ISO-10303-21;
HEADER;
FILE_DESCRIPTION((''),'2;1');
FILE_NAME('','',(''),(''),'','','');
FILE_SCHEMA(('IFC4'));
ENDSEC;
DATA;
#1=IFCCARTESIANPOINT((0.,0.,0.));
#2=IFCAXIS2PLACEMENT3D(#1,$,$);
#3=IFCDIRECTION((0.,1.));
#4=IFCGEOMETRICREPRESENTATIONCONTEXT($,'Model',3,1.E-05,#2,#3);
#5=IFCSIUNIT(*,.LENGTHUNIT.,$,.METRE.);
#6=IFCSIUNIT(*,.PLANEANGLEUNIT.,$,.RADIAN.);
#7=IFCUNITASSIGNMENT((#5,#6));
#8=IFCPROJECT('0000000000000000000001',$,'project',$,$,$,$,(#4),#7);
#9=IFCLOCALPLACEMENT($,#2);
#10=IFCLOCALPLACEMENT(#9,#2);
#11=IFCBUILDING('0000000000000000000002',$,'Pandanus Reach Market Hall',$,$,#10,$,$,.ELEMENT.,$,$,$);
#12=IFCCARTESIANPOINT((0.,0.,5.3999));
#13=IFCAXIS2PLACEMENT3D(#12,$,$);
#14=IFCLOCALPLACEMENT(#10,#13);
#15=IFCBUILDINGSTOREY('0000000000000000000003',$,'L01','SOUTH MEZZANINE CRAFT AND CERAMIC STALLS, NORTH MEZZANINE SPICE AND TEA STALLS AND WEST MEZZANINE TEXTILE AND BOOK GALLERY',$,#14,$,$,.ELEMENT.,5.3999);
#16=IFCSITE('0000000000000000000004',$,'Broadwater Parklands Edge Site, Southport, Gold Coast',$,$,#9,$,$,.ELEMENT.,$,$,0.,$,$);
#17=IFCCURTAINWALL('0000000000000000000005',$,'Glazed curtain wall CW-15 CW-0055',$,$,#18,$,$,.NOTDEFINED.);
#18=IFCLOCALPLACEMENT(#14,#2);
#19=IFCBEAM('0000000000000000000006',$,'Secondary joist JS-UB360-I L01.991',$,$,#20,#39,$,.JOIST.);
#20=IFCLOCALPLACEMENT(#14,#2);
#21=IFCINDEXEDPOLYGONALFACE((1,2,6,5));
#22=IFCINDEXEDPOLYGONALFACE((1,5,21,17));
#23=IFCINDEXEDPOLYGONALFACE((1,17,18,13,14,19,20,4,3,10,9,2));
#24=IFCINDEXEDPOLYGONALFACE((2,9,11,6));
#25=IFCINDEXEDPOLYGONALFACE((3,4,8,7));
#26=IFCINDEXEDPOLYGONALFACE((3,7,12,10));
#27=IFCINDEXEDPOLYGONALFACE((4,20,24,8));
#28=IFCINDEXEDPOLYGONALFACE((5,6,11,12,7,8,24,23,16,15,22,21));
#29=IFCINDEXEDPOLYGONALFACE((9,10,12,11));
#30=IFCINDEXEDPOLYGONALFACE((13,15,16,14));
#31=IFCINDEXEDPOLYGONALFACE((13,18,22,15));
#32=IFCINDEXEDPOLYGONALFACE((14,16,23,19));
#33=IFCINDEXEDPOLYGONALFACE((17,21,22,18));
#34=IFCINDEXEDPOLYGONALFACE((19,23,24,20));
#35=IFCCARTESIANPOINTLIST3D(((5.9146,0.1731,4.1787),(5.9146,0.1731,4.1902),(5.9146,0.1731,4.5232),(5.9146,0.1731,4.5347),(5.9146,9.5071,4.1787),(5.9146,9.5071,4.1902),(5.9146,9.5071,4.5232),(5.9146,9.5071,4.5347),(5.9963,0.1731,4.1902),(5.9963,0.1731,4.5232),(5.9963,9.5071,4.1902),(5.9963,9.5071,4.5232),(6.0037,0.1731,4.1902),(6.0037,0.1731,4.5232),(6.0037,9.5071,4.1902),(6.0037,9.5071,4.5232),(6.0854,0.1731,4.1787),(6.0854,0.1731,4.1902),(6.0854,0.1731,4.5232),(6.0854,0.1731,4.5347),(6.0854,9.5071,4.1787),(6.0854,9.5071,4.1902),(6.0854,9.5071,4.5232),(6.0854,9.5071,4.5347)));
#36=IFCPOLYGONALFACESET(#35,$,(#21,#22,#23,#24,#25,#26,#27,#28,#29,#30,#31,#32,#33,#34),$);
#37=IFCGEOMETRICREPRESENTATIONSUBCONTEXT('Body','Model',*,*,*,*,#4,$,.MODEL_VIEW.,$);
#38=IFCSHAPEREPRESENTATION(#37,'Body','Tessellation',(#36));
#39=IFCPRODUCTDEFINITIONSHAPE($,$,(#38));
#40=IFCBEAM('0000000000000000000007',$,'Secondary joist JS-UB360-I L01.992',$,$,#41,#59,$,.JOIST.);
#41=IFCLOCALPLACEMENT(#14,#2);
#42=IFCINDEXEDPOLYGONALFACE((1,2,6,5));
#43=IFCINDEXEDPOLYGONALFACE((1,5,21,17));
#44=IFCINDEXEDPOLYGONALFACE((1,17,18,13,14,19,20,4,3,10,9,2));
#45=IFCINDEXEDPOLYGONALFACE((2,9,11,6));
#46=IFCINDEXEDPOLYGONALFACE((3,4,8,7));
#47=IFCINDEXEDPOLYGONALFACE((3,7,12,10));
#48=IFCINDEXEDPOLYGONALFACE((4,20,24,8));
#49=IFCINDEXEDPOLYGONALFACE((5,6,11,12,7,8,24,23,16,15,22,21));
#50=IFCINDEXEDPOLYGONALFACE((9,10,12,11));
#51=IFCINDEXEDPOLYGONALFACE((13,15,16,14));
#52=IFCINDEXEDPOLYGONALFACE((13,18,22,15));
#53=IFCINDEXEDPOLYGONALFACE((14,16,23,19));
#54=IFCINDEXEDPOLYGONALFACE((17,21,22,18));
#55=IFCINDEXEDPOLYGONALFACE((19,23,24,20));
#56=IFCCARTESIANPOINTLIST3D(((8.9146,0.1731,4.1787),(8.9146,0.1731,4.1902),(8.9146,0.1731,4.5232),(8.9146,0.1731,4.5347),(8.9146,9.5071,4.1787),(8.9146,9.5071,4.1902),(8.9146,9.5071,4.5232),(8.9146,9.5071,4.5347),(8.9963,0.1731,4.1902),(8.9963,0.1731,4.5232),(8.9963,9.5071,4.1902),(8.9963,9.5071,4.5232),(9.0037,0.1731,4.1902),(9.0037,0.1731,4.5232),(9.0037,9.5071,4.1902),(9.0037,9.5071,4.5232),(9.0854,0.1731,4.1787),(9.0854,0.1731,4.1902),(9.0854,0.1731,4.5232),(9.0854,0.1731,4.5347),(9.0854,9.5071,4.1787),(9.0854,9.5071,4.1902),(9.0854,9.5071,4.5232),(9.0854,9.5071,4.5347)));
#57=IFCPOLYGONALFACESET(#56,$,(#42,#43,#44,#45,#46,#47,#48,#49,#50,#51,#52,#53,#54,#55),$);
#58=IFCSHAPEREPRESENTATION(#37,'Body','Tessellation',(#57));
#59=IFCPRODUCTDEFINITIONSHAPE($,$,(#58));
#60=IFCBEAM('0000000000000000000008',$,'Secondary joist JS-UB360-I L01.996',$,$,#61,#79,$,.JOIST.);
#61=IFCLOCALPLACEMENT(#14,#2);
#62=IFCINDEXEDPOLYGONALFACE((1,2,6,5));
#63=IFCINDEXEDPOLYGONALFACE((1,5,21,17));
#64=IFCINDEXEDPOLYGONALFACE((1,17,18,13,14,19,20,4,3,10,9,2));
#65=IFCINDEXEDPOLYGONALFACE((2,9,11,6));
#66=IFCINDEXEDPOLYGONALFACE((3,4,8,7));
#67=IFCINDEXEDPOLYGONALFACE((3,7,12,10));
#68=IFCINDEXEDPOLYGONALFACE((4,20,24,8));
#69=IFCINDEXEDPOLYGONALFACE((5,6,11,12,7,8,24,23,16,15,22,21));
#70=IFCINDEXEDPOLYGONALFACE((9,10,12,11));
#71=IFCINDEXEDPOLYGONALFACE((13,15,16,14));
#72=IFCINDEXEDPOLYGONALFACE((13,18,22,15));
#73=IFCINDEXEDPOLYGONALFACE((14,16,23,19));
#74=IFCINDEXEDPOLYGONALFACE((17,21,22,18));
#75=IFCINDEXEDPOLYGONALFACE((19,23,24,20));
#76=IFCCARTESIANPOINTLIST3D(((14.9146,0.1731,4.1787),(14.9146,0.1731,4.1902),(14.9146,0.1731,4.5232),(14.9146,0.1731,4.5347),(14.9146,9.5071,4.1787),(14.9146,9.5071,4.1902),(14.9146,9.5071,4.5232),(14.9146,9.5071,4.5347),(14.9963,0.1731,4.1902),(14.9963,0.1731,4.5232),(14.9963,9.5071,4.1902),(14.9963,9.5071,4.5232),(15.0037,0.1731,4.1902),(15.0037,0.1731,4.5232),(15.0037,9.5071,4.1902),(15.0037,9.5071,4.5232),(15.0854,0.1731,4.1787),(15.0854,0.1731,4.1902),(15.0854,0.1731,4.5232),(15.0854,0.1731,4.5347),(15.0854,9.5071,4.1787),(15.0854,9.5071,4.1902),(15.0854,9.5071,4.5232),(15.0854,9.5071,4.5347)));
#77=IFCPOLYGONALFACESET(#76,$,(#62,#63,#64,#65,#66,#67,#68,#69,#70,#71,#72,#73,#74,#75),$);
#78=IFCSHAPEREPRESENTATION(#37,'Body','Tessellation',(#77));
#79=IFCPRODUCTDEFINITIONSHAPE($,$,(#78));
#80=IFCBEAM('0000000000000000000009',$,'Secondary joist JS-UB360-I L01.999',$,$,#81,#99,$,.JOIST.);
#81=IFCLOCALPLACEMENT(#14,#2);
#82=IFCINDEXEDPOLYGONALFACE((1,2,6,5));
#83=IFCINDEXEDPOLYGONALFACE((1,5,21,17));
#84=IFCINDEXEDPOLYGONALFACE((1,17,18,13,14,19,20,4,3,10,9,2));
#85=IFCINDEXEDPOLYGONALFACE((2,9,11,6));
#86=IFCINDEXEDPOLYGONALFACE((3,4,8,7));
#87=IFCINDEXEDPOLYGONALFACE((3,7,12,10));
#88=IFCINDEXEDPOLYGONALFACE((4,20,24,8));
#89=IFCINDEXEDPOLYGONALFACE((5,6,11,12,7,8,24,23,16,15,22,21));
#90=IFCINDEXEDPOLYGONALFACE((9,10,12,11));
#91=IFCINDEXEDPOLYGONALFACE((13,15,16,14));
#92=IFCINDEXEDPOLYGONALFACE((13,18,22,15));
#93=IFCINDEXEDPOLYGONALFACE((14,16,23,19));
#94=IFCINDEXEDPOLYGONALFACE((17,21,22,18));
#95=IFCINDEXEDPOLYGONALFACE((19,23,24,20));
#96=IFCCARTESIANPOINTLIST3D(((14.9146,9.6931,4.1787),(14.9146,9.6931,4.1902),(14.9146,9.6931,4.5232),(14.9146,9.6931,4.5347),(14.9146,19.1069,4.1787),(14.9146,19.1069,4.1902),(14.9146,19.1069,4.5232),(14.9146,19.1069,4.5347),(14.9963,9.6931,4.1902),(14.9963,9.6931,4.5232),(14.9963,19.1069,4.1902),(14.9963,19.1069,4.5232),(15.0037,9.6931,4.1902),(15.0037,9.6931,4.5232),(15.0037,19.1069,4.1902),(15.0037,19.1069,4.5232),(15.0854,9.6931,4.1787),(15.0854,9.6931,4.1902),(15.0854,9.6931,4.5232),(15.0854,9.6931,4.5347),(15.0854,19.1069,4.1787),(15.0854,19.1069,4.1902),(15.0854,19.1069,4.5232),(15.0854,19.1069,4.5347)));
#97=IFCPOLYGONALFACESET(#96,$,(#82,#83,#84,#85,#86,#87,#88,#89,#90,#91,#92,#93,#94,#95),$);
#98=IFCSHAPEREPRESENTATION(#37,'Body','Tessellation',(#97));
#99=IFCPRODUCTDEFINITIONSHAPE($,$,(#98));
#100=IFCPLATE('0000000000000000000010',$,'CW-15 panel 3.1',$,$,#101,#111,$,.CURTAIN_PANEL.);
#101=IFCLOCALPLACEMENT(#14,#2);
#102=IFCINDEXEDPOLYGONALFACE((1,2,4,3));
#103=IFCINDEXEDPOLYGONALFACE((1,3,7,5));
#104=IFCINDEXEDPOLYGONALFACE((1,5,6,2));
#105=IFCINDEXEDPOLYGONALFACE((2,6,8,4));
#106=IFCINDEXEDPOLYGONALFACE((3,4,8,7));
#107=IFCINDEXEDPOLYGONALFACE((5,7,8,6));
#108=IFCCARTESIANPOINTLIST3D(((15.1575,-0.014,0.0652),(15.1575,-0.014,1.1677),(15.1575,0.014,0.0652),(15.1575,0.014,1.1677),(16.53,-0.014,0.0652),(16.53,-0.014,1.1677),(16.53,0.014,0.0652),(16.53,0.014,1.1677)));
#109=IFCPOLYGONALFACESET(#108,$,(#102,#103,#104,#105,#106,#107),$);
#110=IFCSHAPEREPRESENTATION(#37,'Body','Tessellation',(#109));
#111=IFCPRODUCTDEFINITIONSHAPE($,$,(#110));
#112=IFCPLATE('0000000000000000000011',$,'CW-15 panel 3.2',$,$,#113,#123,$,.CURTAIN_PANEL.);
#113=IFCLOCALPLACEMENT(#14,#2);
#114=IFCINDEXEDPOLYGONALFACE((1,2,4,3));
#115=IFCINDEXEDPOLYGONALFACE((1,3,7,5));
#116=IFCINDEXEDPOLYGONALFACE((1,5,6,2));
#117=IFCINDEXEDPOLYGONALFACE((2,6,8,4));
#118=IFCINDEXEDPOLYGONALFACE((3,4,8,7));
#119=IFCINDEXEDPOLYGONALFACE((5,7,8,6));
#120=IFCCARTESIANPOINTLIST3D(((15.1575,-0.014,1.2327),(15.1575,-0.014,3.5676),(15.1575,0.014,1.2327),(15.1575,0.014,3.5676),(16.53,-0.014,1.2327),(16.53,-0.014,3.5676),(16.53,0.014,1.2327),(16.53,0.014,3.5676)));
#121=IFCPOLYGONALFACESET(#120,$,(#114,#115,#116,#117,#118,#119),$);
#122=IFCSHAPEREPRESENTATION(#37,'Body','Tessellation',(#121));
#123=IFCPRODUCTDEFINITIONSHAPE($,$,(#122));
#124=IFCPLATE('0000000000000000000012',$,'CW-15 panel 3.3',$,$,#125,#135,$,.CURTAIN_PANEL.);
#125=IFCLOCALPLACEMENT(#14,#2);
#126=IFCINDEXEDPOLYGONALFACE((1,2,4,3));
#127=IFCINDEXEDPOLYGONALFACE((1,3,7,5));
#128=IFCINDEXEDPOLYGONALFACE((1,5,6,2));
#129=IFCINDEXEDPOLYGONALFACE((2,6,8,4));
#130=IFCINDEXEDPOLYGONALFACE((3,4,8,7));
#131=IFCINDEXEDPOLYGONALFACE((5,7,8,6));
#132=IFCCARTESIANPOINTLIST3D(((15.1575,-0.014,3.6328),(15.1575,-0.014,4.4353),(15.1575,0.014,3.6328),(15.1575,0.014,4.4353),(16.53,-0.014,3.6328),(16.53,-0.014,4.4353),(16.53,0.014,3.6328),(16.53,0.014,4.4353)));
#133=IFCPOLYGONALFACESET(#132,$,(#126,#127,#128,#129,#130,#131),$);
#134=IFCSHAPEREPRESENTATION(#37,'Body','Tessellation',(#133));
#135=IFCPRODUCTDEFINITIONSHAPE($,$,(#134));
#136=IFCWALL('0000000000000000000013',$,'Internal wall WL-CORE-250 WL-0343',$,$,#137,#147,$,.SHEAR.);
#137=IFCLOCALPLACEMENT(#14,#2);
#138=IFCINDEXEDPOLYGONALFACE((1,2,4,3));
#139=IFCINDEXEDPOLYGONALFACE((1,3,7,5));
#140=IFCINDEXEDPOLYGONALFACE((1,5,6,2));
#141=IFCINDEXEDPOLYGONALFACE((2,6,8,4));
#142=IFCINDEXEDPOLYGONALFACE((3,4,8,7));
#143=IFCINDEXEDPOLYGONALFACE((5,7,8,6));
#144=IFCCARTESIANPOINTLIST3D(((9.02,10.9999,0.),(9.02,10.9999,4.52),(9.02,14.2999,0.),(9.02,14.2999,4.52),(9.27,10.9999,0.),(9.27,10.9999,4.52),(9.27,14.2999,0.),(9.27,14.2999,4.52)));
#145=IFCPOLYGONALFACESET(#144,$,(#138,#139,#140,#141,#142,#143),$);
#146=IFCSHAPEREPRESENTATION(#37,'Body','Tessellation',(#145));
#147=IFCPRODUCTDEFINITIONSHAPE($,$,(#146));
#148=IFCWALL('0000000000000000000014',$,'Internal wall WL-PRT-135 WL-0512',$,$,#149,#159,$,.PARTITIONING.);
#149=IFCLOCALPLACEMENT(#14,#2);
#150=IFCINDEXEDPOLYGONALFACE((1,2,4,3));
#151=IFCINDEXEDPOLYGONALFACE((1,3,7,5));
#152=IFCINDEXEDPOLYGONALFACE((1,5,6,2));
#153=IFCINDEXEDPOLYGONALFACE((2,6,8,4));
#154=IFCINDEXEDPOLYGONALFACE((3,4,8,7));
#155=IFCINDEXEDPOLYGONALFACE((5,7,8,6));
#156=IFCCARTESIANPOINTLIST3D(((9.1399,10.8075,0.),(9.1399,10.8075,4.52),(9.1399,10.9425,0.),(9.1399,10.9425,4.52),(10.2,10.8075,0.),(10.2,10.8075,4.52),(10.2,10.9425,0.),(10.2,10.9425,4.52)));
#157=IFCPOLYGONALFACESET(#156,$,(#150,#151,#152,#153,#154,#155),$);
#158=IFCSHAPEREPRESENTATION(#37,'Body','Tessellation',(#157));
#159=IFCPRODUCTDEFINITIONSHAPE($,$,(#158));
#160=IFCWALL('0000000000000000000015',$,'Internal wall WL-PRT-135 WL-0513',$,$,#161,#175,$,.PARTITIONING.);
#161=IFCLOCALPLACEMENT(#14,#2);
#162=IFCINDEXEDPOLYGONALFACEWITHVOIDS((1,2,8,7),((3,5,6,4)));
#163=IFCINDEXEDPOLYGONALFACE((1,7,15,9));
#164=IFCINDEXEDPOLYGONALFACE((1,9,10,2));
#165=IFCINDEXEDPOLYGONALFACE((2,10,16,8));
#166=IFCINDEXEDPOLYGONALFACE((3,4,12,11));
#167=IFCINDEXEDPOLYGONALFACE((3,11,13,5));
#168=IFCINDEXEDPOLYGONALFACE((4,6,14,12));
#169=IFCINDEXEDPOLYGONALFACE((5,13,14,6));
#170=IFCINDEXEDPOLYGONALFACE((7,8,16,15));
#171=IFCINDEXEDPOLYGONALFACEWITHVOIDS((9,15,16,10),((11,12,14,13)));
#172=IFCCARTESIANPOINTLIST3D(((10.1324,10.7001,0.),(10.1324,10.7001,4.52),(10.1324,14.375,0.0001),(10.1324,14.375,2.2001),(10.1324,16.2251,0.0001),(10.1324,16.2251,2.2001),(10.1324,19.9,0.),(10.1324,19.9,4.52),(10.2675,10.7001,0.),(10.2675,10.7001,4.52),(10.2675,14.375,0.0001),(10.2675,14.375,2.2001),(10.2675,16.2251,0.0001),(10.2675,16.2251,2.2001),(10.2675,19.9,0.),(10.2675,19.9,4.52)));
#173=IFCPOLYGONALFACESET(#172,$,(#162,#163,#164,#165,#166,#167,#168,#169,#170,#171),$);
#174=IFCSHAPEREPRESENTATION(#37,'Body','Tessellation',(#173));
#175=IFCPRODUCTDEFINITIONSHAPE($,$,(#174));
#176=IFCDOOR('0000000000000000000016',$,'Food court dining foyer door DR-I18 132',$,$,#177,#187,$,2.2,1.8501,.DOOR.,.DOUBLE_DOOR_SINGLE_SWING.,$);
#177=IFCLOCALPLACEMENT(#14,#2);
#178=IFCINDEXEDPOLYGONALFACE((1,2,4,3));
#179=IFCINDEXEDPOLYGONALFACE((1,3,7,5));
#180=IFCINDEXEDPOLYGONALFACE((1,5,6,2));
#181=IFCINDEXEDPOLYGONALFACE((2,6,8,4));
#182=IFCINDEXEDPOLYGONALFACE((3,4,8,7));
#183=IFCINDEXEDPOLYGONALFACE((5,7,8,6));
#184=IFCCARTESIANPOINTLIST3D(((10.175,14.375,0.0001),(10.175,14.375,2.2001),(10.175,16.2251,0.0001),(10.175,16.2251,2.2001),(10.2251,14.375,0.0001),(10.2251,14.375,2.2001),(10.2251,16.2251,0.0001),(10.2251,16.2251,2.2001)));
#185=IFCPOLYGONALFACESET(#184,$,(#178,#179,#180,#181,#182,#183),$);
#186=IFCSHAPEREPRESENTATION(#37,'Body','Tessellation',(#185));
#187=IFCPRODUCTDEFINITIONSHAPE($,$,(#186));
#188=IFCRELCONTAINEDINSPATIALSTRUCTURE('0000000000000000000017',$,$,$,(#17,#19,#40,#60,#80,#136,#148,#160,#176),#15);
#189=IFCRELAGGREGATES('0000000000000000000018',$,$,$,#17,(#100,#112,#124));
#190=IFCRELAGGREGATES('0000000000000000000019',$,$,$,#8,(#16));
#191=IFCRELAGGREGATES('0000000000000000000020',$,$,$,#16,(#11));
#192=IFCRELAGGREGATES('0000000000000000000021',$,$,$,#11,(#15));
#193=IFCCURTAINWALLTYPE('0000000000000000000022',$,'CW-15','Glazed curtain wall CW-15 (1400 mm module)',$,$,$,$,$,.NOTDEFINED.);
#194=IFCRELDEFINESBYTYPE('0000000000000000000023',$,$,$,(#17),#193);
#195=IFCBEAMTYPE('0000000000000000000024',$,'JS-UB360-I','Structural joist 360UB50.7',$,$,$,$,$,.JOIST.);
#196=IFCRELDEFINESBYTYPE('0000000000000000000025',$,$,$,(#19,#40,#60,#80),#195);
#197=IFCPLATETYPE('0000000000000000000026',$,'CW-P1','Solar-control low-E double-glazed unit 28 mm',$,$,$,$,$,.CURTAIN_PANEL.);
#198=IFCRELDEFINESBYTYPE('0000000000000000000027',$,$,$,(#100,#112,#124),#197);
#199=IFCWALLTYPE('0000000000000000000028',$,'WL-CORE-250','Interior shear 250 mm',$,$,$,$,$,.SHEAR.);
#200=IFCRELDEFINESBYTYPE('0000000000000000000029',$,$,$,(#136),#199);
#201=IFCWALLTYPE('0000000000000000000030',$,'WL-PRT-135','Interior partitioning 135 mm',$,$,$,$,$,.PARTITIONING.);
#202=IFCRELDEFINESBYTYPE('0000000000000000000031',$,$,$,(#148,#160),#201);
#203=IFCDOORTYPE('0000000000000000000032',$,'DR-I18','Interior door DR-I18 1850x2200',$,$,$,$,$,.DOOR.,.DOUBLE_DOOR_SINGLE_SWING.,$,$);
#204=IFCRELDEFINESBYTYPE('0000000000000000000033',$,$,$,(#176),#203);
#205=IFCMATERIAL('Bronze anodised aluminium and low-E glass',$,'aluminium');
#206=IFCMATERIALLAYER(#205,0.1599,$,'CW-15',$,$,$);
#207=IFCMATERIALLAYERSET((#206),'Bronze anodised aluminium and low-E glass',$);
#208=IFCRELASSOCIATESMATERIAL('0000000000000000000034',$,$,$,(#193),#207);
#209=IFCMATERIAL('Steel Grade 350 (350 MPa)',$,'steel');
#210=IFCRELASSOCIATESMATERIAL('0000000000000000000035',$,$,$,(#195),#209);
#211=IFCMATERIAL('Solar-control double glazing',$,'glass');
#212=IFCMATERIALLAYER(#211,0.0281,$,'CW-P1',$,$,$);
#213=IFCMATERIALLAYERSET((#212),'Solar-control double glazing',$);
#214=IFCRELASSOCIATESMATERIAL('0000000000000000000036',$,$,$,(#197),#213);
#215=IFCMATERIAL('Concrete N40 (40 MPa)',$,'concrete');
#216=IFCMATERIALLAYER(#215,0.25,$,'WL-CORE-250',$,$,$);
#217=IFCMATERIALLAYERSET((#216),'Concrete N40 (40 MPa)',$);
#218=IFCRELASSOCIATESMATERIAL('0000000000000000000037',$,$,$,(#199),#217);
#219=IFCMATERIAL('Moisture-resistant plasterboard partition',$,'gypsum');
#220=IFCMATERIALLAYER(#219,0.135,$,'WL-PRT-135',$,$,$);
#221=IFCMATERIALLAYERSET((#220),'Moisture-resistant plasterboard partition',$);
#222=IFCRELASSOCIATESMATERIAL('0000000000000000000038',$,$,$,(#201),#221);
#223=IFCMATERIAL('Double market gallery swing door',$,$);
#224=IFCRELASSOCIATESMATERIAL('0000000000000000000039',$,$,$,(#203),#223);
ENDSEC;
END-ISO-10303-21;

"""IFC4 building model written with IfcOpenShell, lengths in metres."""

from ifc_helpers import new_model, si_unit, direction, frame, frame_2d, origin, origin_2d, place, context, subcontext, project, spatial, rectangle, i_section, extrude, material, layer, layer_set, material_profile, profile_set, type_object, element, fill, aggregate, save


model = new_model("IFC4")

# Units and contexts
model_context = context("Model", 3, precision=1e-05, world=origin(), true_north=direction((0.0, 1.0)))
body_context = subcontext(model_context, "Body", "Model", "MODEL_VIEW")
ifc_project = project(units=[si_unit("LENGTHUNIT", "METRE"), si_unit("PLANEANGLEUNIT", "RADIAN")], contexts=[model_context])

# Site, building, storey
site_placement = place(None, origin())
site = spatial("IfcSite", under=ifc_project, at=site_placement, Name="Broadwater Parklands Edge Site, Southport, Gold Coast", CompositionType="ELEMENT", RefElevation=0.0)
building_placement = place(site_placement, origin())
building = spatial("IfcBuilding", under=site, at=building_placement, Name="Pandanus Reach Market Hall", CompositionType="ELEMENT")
storey_placement = place(building_placement, frame((0.0, 0.0, 5.3999)))
storey = spatial("IfcBuildingStorey", under=building, at=storey_placement, Name="L01", Description="SOUTH MEZZANINE CRAFT AND CERAMIC STALLS, NORTH MEZZANINE SPICE AND TEA STALLS AND WEST MEZZANINE TEXTILE AND BOOK GALLERY", CompositionType="ELEMENT", Elevation=5.3999)

# Shared definitions
ifc_material_1 = material(Name="Concrete N40 (40 MPa)", Category="concrete")

# Shared definitions
ifc_material_2 = material(Name="Steel Grade 350 (350 MPa)", Category="steel")

# Curtain wall
ifc_material_3 = material(Name="Bronze anodised aluminium and low-E glass", Category="aluminium")
ifc_layer_1 = layer(ifc_material_3, 0.1599, Name="CW-15")
ifc_layer_set_1 = layer_set([ifc_layer_1], Name="Bronze anodised aluminium and low-E glass")
curtain_wall_type = type_object("IfcCurtainWallType", Name="CW-15", Description="Glazed curtain wall CW-15 (1400 mm module)", PredefinedType="NOTDEFINED", material=ifc_layer_set_1)
curtain_wall_placement = place(storey_placement, origin())
curtain_wall = element("IfcCurtainWall", 1, at=curtain_wall_placement, inside=storey, type_object=curtain_wall_type, Name="Glazed curtain wall CW-15 CW-0055", PredefinedType="NOTDEFINED")

# Beams
ifc_material_profile_1 = material_profile(ifc_material_2, i_section(OverallWidth=0.1709, OverallDepth=0.356, WebThickness=0.0073, FlangeThickness=0.0115, at=origin_2d()), Name="360UB50.7", Category="LoadBearing")
ifc_profile_set_1 = profile_set([ifc_material_profile_1], Name="Steel Grade 350 (350 MPa)")
beam_type_1 = type_object("IfcBeamType", Name="JS-UB360-I", Description="Structural joist 360UB50.7", PredefinedType="JOIST", material=ifc_profile_set_1)
for number, where, z_axis, x_axis, name in (
    (2, (6.0, 0.1731, 4.3567), (0.0, 1.0, 0.0), (-1.0, 0.0, 0.0), "Secondary joist JS-UB360-I L01.991"),
    (3, (9.0, 0.1731, 4.3567), (0.0, 1.0, 0.0), (-1.0, 0.0, 0.0), "Secondary joist JS-UB360-I L01.992"),
    (4, (15.0, 0.1731, 4.3567), (0.0, 1.0, 0.0), (-1.0, 0.0, 0.0), "Secondary joist JS-UB360-I L01.996"),
):
    element("IfcBeam", number, at=place(storey_placement, frame(where, z_axis=z_axis, x_axis=x_axis)), inside=storey, type_object=beam_type_1, Name=name, PredefinedType="JOIST", context=body_context, shape_type="SweptSolid", body=[
        extrude(i_section(OverallWidth=0.1709, OverallDepth=0.356, WebThickness=0.0073, FlangeThickness=0.0115, at=origin_2d()), origin(), (0.0, 0.0, 1.0), 9.334),
    ])
beam_1_placement = place(storey_placement, frame((15.0, 9.6931, 4.3567), z_axis=(0.0, 1.0, 0.0), x_axis=(-1.0, 0.0, 0.0)))
element("IfcBeam", 5, at=beam_1_placement, inside=storey, type_object=beam_type_1, Name="Secondary joist JS-UB360-I L01.999", PredefinedType="JOIST", context=body_context, shape_type="SweptSolid", body=[
    extrude(i_section(OverallWidth=0.1709, OverallDepth=0.356, WebThickness=0.0073, FlangeThickness=0.0115, at=origin_2d()), origin(), (0.0, 0.0, 1.0), 9.4138),
])

# Plates
ifc_material_4 = material(Name="Solar-control double glazing", Category="glass")
ifc_layer_2 = layer(ifc_material_4, 0.0281, Name="CW-P1")
ifc_layer_set_2 = layer_set([ifc_layer_2], Name="Solar-control double glazing")
plate_type = type_object("IfcPlateType", Name="CW-P1", Description="Solar-control low-E double-glazed unit 28 mm", PredefinedType="CURTAIN_PANEL", material=ifc_layer_set_2)
plate_1_placement = place(storey_placement, frame((15.8438, 0.0, 0.0652), z_axis=(0.0, 0.0, 1.0), x_axis=(1.0, 0.0, 0.0)))
plate_1 = element("IfcPlate", 6, at=plate_1_placement, type_object=plate_type, Name="CW-15 panel 3.1", PredefinedType="CURTAIN_PANEL", context=body_context, shape_type="SweptSolid", body=[
    extrude(rectangle(XDim=1.3726, YDim=0.0281, at=origin_2d()), origin(), (0.0, 0.0, 1.0), 1.1025),
])
plate_2_placement = place(storey_placement, frame((15.8438, 0.0, 1.2327), z_axis=(0.0, 0.0, 1.0), x_axis=(1.0, 0.0, 0.0)))
plate_2 = element("IfcPlate", 7, at=plate_2_placement, type_object=plate_type, Name="CW-15 panel 3.2", PredefinedType="CURTAIN_PANEL", context=body_context, shape_type="SweptSolid", body=[
    extrude(rectangle(XDim=1.3726, YDim=0.0281, at=origin_2d()), origin(), (0.0, 0.0, 1.0), 2.335),
])
plate_3_placement = place(storey_placement, frame((15.8438, 0.0, 3.6328), z_axis=(0.0, 0.0, 1.0), x_axis=(1.0, 0.0, 0.0)))
plate_3 = element("IfcPlate", 8, at=plate_3_placement, type_object=plate_type, Name="CW-15 panel 3.3", PredefinedType="CURTAIN_PANEL", context=body_context, shape_type="SweptSolid", body=[
    extrude(rectangle(XDim=1.3726, YDim=0.0281, at=origin_2d()), origin(), (0.0, 0.0, 1.0), 0.8025),
])
aggregate(curtain_wall, [plate_1, plate_2, plate_3])

# Walls
ifc_layer_3 = layer(ifc_material_1, 0.25, Name="WL-CORE-250")
ifc_layer_set_3 = layer_set([ifc_layer_3], Name="Concrete N40 (40 MPa)")
wall_type_1 = type_object("IfcWallType", Name="WL-CORE-250", Description="Interior shear 250 mm", PredefinedType="SHEAR", material=ifc_layer_set_3)
wall_1_placement = place(storey_placement, frame((9.145, 11.0, 0.0), z_axis=(0.0, 0.0, 1.0), x_axis=(0.0, 1.0, 0.0)))
element("IfcWall", 9, at=wall_1_placement, inside=storey, type_object=wall_type_1, Name="Internal wall WL-CORE-250 WL-0343", PredefinedType="SHEAR", context=body_context, shape_type="SweptSolid", body=[
    extrude(rectangle(XDim=3.3, YDim=0.25, at=frame_2d((1.6499, 0.0))), origin(), (0.0, 0.0, 1.0), 4.52),
])
ifc_material_5 = material(Name="Moisture-resistant plasterboard partition", Category="gypsum")
ifc_layer_4 = layer(ifc_material_5, 0.135, Name="WL-PRT-135")
ifc_layer_set_4 = layer_set([ifc_layer_4], Name="Moisture-resistant plasterboard partition")
wall_type_2 = type_object("IfcWallType", Name="WL-PRT-135", Description="Interior partitioning 135 mm", PredefinedType="PARTITIONING", material=ifc_layer_set_4)
wall_2_placement = place(storey_placement, frame((9.1399, 10.875, 0.0), z_axis=(0.0, 0.0, 1.0), x_axis=(1.0, 0.0, 0.0)))
element("IfcWall", 10, at=wall_2_placement, inside=storey, type_object=wall_type_2, Name="Internal wall WL-PRT-135 WL-0512", PredefinedType="PARTITIONING", context=body_context, shape_type="SweptSolid", body=[
    extrude(rectangle(XDim=1.0601, YDim=0.135, at=frame_2d((0.53, 0.0))), origin(), (0.0, 0.0, 1.0), 4.52),
])

# Wall, opening, door
wall_3_placement = place(storey_placement, frame((10.2, 10.7, 0.0), z_axis=(0.0, 0.0, 1.0), x_axis=(0.0, 1.0, 0.0)))
wall_3 = element("IfcWall", 11, at=wall_3_placement, inside=storey, type_object=wall_type_2, Name="Internal wall WL-PRT-135 WL-0513", PredefinedType="PARTITIONING", context=body_context, shape_type="SweptSolid", body=[
    extrude(rectangle(XDim=9.2, YDim=0.135, at=frame_2d((4.6001, 0.0))), origin(), (0.0, 0.0, 1.0), 4.52),
])
opening_placement = place(wall_3_placement, frame((3.675, 0.0, 0.0)))
opening = element("IfcOpeningElement", 12, at=opening_placement, cuts=wall_3, PredefinedType="OPENING", context=body_context, shape_type="SweptSolid", body=[
    extrude(rectangle(XDim=1.8501, YDim=2.2, at=frame_2d((0.925, 1.1001))), frame((0.0, 0.0825, 0.0), z_axis=(0.0, -1.0, 0.0), x_axis=(1.0, 0.0, 0.0)), (0.0, 0.0, 1.0), 0.165),
])
ifc_material_6 = material(Name="Double market gallery swing door")
door_type = type_object("IfcDoorType", Name="DR-I18", Description="Interior door DR-I18 1850x2200", OperationType="DOUBLE_DOOR_SINGLE_SWING", PredefinedType="DOOR", material=ifc_material_6)
door_placement = place(opening_placement, origin())
door = element("IfcDoor", 13, at=door_placement, inside=storey, type_object=door_type, Name="Food court dining foyer door DR-I18 132", OperationType="DOUBLE_DOOR_SINGLE_SWING", OverallHeight=2.2, OverallWidth=1.8501, PredefinedType="DOOR", context=body_context, shape_type="SweptSolid", body=[
    extrude(rectangle(XDim=1.8501, YDim=2.2, at=frame_2d((0.925, 1.1001))), frame((0.0, 0.0249, 0.0), z_axis=(0.0, -1.0, 0.0), x_axis=(1.0, 0.0, 0.0)), (0.0, 0.0, 1.0), 0.05),
])
fill(opening, door)

save(model, "model.ifc")
